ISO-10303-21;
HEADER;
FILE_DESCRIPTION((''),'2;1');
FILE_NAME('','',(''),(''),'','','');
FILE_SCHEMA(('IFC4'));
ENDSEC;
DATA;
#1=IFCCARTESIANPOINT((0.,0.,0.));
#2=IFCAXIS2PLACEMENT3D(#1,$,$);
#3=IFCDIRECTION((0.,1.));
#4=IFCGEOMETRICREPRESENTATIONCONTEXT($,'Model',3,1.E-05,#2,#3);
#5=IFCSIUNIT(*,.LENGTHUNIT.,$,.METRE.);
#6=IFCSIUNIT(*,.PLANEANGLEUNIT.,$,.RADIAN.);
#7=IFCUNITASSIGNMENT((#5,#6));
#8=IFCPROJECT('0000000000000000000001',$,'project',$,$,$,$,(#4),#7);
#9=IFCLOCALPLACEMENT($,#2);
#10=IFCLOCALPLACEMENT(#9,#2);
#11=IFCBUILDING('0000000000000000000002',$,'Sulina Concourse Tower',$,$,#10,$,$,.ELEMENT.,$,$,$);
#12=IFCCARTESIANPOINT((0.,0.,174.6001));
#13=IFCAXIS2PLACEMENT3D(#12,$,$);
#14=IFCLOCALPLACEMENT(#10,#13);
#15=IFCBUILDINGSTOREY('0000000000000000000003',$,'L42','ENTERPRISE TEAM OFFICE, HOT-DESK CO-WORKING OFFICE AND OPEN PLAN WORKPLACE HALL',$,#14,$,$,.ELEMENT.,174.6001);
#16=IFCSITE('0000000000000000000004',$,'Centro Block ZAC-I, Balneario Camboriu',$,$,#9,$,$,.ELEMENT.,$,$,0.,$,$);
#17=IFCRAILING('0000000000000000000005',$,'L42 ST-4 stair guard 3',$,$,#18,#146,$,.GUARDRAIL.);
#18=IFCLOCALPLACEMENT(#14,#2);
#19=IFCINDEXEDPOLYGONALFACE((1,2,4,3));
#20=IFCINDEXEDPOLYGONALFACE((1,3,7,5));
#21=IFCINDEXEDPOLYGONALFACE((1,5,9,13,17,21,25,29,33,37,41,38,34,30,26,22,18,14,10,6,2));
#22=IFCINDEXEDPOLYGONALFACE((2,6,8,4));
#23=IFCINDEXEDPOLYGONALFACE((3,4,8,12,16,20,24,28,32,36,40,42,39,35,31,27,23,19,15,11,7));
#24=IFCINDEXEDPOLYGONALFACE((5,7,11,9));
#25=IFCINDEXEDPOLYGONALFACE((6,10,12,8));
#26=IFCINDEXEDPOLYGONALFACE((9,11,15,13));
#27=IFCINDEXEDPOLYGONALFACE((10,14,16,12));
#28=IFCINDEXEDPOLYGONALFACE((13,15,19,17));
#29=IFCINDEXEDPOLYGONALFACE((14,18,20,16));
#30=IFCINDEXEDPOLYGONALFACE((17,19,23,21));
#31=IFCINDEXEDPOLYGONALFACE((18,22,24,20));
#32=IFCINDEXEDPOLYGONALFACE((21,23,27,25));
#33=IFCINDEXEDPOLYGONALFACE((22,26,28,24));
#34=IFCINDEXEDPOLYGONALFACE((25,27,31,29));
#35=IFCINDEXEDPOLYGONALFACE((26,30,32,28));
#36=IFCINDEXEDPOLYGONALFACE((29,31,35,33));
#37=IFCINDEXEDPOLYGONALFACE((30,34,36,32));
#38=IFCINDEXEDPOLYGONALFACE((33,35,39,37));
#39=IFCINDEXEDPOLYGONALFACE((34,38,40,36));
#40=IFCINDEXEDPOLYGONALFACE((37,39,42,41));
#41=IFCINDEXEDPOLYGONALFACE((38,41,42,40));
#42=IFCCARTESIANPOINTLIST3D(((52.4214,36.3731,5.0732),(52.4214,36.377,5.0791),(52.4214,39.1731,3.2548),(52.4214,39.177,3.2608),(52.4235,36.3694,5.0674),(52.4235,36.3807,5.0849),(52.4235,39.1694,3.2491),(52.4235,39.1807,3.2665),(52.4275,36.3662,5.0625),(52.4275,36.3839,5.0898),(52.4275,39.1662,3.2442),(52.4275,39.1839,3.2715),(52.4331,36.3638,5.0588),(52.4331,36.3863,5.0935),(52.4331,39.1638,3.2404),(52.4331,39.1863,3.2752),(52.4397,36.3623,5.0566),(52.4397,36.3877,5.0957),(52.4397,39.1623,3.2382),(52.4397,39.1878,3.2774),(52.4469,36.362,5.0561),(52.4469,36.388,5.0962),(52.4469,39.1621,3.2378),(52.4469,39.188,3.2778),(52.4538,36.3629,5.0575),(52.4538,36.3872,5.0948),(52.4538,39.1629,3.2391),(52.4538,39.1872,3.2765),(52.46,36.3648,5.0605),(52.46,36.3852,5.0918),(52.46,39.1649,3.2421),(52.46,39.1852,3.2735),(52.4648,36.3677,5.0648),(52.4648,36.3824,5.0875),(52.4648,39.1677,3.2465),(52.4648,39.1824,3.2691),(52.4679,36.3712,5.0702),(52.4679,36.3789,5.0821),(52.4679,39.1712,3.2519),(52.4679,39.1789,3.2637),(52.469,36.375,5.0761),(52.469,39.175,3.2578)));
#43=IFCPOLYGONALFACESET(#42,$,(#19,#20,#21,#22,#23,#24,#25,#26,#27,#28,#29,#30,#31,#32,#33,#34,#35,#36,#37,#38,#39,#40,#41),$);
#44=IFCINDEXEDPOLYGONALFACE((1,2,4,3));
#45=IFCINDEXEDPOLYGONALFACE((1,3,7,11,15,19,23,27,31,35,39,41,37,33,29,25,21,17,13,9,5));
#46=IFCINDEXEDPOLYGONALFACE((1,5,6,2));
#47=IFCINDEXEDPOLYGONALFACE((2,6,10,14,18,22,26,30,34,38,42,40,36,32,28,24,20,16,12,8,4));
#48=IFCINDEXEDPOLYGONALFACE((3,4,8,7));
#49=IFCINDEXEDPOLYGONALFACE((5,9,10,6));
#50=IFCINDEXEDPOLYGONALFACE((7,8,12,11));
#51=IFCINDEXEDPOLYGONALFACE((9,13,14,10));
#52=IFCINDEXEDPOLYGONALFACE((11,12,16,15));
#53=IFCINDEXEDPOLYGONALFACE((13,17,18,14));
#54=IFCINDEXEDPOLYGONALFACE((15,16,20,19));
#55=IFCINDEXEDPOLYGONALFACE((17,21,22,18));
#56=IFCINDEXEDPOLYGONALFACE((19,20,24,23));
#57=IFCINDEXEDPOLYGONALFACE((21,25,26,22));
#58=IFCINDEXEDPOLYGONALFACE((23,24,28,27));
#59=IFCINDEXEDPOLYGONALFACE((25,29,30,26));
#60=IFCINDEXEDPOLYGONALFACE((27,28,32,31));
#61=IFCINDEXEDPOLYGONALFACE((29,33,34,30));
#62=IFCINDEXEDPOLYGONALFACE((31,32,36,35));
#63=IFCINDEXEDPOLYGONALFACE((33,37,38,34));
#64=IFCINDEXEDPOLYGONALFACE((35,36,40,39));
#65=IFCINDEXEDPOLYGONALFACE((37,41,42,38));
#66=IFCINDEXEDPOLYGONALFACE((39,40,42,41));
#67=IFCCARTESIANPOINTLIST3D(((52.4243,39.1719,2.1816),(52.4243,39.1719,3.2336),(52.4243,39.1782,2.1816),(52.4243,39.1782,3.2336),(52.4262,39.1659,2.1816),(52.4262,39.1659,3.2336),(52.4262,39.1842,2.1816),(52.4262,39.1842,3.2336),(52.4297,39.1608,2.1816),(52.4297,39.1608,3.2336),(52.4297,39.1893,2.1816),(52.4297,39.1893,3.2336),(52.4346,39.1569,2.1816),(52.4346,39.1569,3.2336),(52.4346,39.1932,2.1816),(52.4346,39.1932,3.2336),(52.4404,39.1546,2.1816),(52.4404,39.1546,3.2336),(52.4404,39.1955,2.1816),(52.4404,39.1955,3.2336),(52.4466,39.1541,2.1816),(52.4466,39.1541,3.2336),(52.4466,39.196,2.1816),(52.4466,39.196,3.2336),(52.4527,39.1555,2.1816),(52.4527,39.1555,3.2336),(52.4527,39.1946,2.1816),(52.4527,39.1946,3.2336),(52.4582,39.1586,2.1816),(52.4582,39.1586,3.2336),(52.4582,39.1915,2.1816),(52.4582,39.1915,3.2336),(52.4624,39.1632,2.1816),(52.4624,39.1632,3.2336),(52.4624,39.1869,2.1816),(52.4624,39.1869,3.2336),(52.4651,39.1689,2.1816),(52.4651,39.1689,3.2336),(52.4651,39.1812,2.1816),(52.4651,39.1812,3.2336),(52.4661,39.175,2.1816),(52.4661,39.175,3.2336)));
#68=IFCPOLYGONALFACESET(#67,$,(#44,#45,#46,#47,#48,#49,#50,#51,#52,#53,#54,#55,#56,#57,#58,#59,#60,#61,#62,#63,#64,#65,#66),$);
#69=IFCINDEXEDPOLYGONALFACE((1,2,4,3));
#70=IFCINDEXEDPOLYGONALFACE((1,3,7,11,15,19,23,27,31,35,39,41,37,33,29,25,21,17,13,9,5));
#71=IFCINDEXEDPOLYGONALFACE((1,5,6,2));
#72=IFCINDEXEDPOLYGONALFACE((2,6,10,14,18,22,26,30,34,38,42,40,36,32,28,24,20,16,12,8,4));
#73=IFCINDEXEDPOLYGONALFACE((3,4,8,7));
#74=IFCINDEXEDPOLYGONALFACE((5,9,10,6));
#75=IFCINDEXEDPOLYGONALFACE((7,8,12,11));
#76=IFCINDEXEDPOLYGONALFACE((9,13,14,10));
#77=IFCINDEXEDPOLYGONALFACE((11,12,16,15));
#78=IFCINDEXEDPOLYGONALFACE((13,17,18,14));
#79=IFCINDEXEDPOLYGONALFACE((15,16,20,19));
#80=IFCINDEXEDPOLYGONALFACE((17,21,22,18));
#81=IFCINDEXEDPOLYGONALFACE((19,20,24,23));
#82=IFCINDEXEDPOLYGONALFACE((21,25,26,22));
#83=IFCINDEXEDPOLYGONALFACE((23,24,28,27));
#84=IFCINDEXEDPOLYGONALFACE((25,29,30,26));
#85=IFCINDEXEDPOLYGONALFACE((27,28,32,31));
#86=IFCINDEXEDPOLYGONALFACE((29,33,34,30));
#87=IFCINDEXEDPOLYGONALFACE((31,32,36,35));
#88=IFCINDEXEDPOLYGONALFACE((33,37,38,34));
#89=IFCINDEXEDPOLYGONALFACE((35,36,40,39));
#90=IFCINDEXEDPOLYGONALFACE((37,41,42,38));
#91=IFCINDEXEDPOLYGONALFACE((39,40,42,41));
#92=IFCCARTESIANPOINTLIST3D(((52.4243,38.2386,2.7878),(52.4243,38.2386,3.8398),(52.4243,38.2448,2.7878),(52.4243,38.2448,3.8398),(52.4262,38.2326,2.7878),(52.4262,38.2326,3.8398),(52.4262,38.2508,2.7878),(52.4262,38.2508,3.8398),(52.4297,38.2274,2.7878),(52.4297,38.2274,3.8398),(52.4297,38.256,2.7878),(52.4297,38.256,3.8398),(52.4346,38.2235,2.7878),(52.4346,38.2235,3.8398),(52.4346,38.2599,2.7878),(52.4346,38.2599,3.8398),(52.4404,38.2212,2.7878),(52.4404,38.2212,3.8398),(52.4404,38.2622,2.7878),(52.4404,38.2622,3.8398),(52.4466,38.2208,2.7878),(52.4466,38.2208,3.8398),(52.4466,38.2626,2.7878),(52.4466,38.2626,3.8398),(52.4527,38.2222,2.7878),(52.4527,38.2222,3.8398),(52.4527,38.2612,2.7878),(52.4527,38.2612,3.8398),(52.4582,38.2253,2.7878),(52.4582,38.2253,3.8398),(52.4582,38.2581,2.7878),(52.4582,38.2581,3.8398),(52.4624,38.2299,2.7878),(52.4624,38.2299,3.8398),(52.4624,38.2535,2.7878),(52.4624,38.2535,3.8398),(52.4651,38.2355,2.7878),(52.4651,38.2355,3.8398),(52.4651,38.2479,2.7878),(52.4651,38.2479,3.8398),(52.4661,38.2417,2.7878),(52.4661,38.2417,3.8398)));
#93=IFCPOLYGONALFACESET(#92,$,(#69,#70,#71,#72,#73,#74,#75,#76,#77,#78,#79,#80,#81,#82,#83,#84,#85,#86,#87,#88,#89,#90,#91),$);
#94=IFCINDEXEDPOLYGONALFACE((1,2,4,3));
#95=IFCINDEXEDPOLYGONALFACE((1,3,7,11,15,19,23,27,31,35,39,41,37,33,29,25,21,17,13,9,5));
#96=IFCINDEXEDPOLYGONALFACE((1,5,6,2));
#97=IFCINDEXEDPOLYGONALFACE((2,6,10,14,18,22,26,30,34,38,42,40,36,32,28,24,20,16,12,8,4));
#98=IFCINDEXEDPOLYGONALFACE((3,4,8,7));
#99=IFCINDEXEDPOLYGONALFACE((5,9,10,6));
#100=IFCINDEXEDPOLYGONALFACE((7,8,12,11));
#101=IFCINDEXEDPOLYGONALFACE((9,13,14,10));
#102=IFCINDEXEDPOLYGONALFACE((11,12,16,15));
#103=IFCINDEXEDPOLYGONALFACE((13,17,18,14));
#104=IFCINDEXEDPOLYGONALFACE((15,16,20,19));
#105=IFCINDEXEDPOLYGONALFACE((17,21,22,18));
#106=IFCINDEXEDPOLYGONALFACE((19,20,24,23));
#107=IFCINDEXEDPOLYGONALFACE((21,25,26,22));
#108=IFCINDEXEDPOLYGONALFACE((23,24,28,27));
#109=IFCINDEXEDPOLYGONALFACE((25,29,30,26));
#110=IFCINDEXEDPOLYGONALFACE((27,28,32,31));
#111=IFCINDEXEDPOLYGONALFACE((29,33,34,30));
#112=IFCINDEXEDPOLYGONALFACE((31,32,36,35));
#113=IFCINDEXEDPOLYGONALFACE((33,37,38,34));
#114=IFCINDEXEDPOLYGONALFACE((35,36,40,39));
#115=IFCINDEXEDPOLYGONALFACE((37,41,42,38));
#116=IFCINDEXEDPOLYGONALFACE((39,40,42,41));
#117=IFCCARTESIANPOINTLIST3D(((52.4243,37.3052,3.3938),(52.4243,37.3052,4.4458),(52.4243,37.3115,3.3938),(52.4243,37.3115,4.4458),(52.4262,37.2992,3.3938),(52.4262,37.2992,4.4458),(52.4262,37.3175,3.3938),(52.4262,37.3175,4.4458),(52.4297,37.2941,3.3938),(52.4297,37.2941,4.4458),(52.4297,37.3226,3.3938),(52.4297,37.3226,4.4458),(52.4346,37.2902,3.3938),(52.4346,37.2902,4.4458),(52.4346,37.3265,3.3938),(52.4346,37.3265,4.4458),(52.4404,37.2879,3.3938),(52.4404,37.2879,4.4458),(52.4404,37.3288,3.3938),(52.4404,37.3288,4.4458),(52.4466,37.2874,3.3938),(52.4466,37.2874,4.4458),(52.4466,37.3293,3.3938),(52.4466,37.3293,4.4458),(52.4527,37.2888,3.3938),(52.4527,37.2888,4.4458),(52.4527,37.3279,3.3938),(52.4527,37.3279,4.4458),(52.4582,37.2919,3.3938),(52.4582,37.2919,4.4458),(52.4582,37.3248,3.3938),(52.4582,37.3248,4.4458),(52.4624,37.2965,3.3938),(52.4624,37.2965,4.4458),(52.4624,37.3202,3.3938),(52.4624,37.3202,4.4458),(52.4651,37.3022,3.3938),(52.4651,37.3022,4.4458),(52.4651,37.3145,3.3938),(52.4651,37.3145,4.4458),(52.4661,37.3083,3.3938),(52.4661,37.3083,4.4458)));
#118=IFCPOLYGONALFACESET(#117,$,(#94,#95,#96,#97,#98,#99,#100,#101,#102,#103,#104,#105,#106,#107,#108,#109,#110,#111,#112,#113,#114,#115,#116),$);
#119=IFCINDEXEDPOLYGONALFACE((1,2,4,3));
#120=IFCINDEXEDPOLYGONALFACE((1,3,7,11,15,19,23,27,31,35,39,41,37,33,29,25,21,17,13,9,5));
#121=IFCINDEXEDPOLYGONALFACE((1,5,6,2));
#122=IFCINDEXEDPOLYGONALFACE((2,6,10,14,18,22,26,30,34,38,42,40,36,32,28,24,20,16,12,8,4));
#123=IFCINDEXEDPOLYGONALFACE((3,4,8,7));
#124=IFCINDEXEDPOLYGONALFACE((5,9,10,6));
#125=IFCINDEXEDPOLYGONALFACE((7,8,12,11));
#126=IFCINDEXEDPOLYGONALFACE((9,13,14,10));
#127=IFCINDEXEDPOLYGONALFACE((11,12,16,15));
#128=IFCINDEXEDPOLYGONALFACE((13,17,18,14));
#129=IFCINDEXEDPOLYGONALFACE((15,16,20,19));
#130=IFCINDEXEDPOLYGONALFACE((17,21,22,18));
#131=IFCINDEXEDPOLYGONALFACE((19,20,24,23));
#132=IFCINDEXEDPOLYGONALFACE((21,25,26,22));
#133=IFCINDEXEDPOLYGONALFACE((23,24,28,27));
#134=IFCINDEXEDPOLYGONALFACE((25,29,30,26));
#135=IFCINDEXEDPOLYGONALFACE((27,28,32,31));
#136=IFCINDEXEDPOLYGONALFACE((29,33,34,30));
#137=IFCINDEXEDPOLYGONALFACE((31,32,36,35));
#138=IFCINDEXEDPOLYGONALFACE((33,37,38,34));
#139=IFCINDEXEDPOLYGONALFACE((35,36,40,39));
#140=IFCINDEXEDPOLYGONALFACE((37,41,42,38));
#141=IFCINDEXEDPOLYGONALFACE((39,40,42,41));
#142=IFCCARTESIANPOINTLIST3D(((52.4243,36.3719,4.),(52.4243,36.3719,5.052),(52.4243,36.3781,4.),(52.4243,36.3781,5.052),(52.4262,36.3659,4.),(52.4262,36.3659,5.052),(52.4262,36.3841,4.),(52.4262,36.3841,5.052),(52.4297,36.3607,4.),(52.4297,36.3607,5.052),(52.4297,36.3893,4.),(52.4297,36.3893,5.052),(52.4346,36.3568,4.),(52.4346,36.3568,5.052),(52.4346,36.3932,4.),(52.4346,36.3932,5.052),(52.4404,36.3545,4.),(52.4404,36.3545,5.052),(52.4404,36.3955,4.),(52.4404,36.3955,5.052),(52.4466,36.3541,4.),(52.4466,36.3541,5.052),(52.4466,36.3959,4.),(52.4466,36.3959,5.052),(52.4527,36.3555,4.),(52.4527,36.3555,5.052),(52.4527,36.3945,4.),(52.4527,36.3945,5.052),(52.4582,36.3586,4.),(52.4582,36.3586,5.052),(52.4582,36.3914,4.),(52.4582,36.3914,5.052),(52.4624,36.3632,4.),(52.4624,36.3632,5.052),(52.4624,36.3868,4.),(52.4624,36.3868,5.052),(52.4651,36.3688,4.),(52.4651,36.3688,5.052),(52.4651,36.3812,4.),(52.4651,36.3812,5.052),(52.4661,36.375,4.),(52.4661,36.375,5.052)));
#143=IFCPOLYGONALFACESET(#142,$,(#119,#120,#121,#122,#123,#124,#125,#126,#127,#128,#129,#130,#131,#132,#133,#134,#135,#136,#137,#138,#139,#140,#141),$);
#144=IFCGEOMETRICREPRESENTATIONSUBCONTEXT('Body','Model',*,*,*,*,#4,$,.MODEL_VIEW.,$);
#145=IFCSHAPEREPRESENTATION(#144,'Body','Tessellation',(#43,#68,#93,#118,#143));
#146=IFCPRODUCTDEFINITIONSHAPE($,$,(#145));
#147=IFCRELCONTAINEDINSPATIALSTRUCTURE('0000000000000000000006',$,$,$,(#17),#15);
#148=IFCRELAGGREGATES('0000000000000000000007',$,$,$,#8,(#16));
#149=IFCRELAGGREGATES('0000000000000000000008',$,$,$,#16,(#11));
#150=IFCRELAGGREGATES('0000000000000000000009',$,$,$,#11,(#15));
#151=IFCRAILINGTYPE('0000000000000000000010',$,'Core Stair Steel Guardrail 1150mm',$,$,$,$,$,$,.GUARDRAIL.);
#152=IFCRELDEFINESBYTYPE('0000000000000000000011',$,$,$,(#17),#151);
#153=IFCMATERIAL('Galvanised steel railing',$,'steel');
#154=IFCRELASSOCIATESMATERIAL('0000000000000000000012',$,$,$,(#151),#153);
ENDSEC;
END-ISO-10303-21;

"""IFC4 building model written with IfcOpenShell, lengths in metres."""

from ifc_helpers import new_model, si_unit, direction, frame, origin, origin_2d, place, context, subcontext, project, spatial, circle, extrude, material, type_object, element, save


model = new_model("IFC4")

# Units and contexts
model_context = context("Model", 3, precision=1e-05, world=origin(), true_north=direction((0.0, 1.0)))
body_context = subcontext(model_context, "Body", "Model", "MODEL_VIEW")
ifc_project = project(units=[si_unit("LENGTHUNIT", "METRE"), si_unit("PLANEANGLEUNIT", "RADIAN")], contexts=[model_context])

# Site, building, storey
site_placement = place(None, origin())
site = spatial("IfcSite", under=ifc_project, at=site_placement, Name="Centro Block ZAC-I, Balneario Camboriu", CompositionType="ELEMENT", RefElevation=0.0)
building_placement = place(site_placement, origin())
building = spatial("IfcBuilding", under=site, at=building_placement, Name="Sulina Concourse Tower", CompositionType="ELEMENT")
storey_placement = place(building_placement, frame((0.0, 0.0, 174.6001)))
storey = spatial("IfcBuildingStorey", under=building, at=storey_placement, Name="L42", Description="ENTERPRISE TEAM OFFICE, HOT-DESK CO-WORKING OFFICE AND OPEN PLAN WORKPLACE HALL", CompositionType="ELEMENT", Elevation=174.6001)

# Railing
ifc_material_1 = material(Name="Galvanised steel railing", Category="steel")
railing_type_1 = type_object("IfcRailingType", Name="Core Stair Steel Guardrail 1150mm", PredefinedType="GUARDRAIL", material=ifc_material_1)
railing_1_placement = place(storey_placement, frame((52.4451, 39.175, 2.1816)))
element("IfcRailing", 1, at=railing_1_placement, inside=storey, type_object=railing_type_1, Name="L42 ST-4 stair guard 3", PredefinedType="GUARDRAIL", context=body_context, shape_type="SweptSolid", body=[
    extrude(circle(Radius=0.0239, at=origin_2d()), frame((0.0, 0.0, 1.0762), z_axis=(0.0, -0.838672, 0.544636), x_axis=(1.0, 0.0, 0.0)), (0.0, 0.0, 1.0), 3.3386),
    extrude(circle(Radius=0.021, at=origin_2d()), origin(), (0.0, 0.0, 1.0), 1.052),
    extrude(circle(Radius=0.021, at=origin_2d()), frame((0.0, -0.9333, 0.6062)), (0.0, 0.0, 1.0), 1.052),
    extrude(circle(Radius=0.021, at=origin_2d()), frame((0.0, -1.8667, 1.2122)), (0.0, 0.0, 1.0), 1.052),
    extrude(circle(Radius=0.021, at=origin_2d()), frame((0.0, -2.8, 1.8184)), (0.0, 0.0, 1.0), 1.052),
])

save(model, "model.ifc")
